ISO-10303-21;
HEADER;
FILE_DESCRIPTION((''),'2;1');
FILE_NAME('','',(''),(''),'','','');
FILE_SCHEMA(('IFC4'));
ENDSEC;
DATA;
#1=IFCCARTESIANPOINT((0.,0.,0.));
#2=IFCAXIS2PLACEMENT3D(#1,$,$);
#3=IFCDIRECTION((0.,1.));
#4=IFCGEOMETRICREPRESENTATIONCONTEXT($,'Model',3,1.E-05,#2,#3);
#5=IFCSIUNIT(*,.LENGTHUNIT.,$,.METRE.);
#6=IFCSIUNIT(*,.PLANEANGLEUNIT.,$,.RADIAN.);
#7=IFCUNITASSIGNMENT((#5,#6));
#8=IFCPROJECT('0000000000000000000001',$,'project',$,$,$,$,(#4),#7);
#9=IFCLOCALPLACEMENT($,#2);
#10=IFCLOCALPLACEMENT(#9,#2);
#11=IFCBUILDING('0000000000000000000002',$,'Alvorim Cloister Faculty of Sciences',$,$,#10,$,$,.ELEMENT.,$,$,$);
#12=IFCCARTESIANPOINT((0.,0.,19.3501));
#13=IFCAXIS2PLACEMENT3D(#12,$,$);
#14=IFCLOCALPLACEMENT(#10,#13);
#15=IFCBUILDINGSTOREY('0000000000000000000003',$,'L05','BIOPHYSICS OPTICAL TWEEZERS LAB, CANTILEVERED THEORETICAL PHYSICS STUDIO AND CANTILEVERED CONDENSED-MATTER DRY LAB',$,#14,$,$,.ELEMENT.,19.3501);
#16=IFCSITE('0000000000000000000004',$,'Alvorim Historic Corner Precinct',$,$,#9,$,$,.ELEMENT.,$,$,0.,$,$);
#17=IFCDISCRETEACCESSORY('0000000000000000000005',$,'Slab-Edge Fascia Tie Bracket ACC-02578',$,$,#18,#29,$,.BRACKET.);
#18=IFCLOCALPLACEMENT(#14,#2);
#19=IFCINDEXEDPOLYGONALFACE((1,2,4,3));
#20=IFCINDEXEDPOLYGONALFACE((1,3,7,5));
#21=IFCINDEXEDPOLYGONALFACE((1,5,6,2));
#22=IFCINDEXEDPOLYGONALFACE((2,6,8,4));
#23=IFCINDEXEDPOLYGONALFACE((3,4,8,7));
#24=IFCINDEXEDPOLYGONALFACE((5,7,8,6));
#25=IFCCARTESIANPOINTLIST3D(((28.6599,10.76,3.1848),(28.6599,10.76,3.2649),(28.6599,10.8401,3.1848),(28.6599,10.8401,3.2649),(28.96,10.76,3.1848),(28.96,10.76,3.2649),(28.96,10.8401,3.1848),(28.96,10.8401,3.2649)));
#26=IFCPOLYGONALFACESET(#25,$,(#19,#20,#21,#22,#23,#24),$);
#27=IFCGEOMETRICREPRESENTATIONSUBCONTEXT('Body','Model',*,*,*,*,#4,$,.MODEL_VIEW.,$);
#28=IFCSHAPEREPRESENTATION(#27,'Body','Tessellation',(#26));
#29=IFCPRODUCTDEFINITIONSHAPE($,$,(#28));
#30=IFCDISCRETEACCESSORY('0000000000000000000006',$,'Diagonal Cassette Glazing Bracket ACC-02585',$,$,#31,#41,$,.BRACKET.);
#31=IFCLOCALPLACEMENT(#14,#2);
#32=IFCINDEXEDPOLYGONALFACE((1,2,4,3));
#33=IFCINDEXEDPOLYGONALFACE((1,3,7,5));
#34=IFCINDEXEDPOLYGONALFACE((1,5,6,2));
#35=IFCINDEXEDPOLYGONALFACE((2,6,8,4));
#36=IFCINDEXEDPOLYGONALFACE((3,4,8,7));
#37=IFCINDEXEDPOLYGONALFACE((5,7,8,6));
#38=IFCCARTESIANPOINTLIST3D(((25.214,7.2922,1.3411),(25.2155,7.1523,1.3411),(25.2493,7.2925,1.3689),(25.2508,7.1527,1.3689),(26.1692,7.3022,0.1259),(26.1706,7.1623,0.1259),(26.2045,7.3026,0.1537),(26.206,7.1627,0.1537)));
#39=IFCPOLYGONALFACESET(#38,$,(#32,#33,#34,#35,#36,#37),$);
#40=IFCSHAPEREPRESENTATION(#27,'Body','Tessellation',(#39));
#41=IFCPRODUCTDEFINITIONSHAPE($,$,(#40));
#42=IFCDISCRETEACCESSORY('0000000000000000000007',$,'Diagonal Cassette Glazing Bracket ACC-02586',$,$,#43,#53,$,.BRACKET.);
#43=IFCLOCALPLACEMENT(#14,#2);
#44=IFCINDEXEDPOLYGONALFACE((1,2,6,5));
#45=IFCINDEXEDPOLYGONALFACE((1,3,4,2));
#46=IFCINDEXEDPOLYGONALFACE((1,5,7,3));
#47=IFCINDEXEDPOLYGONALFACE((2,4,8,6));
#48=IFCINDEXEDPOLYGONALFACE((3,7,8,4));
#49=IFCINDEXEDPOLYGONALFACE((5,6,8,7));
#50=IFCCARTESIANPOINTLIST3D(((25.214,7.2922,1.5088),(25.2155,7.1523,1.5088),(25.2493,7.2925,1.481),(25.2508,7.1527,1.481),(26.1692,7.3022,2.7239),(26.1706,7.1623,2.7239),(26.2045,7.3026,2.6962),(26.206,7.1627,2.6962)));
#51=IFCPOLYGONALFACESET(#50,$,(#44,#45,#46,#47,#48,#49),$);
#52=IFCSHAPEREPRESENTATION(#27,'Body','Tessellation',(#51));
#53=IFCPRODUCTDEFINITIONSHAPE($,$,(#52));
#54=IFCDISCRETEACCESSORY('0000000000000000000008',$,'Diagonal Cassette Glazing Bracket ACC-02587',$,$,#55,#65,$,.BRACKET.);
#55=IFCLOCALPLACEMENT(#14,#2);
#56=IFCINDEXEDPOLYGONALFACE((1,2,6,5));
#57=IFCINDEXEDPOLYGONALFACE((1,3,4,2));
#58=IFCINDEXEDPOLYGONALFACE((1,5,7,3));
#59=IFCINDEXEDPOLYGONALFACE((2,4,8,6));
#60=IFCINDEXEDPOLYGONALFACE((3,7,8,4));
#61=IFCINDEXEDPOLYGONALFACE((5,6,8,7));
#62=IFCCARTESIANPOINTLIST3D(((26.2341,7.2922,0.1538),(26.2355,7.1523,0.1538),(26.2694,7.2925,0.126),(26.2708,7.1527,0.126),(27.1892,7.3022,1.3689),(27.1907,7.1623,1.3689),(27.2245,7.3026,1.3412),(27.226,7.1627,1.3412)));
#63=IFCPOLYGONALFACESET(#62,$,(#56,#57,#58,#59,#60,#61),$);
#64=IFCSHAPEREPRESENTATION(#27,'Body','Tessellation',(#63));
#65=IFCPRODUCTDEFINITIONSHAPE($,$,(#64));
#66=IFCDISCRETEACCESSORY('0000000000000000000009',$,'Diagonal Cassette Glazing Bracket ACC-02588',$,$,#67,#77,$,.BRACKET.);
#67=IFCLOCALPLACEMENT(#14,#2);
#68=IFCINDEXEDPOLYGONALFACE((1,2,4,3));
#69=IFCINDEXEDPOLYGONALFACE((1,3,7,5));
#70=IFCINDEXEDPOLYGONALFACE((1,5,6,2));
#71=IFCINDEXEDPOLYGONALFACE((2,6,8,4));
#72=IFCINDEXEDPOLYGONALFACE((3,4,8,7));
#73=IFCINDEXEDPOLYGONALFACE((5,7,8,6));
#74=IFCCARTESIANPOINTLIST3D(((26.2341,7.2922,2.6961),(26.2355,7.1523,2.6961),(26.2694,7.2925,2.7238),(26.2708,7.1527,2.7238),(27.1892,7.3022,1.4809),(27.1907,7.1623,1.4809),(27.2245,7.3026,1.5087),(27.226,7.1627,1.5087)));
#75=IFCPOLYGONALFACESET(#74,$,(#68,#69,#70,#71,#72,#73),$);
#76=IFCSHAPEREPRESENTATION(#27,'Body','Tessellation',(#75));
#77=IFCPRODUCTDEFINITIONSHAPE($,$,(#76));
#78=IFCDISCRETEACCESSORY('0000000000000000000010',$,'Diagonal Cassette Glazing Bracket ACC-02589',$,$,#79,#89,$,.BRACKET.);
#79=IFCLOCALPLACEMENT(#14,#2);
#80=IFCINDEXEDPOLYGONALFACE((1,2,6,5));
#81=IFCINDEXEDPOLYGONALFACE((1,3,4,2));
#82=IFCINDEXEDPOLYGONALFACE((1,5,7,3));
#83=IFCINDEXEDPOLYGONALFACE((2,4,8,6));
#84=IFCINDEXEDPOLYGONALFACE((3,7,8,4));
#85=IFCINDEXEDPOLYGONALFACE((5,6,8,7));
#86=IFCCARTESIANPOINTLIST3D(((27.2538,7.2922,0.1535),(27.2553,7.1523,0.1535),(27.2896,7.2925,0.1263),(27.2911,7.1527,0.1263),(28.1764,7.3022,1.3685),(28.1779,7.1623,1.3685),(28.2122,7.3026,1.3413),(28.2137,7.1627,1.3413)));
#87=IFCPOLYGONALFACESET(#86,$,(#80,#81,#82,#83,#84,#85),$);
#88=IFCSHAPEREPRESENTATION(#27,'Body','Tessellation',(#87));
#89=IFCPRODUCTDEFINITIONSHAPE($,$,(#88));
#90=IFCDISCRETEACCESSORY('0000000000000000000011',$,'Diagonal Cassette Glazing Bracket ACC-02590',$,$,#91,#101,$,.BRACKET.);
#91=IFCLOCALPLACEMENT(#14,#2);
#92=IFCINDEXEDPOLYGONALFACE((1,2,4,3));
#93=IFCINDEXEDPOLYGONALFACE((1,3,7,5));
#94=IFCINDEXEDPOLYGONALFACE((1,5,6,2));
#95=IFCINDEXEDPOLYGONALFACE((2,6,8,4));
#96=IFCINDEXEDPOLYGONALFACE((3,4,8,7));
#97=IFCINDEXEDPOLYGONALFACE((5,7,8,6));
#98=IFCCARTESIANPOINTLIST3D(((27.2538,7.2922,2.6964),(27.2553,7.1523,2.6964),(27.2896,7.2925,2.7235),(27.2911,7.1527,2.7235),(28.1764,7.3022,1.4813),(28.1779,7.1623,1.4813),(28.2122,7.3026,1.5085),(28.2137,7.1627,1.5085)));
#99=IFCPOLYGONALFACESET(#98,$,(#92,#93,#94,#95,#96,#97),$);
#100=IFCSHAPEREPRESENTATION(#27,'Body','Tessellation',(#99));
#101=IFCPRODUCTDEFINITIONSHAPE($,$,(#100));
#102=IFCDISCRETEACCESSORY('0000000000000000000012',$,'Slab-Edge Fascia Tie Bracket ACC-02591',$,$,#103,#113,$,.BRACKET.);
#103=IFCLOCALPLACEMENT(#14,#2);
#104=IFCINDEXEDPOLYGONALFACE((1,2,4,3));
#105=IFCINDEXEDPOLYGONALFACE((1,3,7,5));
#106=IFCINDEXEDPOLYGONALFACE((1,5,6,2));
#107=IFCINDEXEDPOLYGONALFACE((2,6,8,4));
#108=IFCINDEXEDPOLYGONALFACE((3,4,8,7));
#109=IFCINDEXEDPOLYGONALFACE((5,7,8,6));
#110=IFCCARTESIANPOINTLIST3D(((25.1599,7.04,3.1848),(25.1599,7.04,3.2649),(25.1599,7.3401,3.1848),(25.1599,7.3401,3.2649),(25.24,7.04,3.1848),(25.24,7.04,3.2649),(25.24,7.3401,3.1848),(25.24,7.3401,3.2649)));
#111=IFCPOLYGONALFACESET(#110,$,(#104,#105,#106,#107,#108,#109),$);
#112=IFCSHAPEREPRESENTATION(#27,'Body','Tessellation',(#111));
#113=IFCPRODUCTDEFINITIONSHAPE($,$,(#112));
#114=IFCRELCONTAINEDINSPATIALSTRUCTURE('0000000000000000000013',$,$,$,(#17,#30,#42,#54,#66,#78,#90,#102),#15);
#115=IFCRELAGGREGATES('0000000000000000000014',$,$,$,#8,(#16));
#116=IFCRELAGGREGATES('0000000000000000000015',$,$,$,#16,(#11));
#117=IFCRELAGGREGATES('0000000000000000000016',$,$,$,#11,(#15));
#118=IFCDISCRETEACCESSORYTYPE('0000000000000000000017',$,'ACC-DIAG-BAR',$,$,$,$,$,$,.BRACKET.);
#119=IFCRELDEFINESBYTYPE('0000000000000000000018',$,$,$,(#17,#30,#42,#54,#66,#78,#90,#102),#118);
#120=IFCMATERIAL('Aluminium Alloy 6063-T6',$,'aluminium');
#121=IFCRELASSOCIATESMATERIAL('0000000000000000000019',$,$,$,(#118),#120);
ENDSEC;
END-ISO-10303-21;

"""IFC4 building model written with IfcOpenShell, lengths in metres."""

from ifc_helpers import new_model, si_unit, direction, frame, origin, origin_2d, place, context, subcontext, project, spatial, rectangle, extrude, material, type_object, element, save


model = new_model("IFC4")

# Units and contexts
model_context = context("Model", 3, precision=1e-05, world=origin(), true_north=direction((0.0, 1.0)))
body_context = subcontext(model_context, "Body", "Model", "MODEL_VIEW")
ifc_project = project(units=[si_unit("LENGTHUNIT", "METRE"), si_unit("PLANEANGLEUNIT", "RADIAN")], contexts=[model_context])

# Site, building, storey
site_placement = place(None, origin())
site = spatial("IfcSite", under=ifc_project, at=site_placement, Name="Alvorim Historic Corner Precinct", CompositionType="ELEMENT", RefElevation=0.0)
building_placement = place(site_placement, origin())
building = spatial("IfcBuilding", under=site, at=building_placement, Name="Alvorim Cloister Faculty of Sciences", CompositionType="ELEMENT")
storey_placement = place(building_placement, frame((0.0, 0.0, 19.3501)))
storey = spatial("IfcBuildingStorey", under=building, at=storey_placement, Name="L05", Description="BIOPHYSICS OPTICAL TWEEZERS LAB, CANTILEVERED THEORETICAL PHYSICS STUDIO AND CANTILEVERED CONDENSED-MATTER DRY LAB", CompositionType="ELEMENT", Elevation=19.3501)

# Shared definitions
ifc_material_1 = material(Name="Aluminium Alloy 6063-T6", Category="aluminium")

# Discrete accessories
discrete_accessory_type = type_object("IfcDiscreteAccessoryType", Name="ACC-DIAG-BAR", PredefinedType="BRACKET", material=ifc_material_1)
discrete_accessory_1_placement = place(storey_placement, frame((28.6599, 10.8, 3.2249), z_axis=(1.0, 0.0, 0.0), x_axis=(0.0, 1.0, 0.0)))
element("IfcDiscreteAccessory", 1, at=discrete_accessory_1_placement, inside=storey, type_object=discrete_accessory_type, Name="Slab-Edge Fascia Tie Bracket ACC-02578", PredefinedType="BRACKET", context=body_context, shape_type="SweptSolid", body=[
    extrude(rectangle(XDim=0.0801, YDim=0.0801, at=origin_2d()), origin(), (0.0, 0.0, 1.0), 0.3),
])
for number, where, z_axis, x_axis, name in (
    (2, (25.2324, 7.2224, 1.355), (0.617955, 0.006477, -0.786187), (-0.01048, 0.999945, 0.0), "Diagonal Cassette Glazing Bracket ACC-02585"),
    (3, (25.2324, 7.2224, 1.4949), (0.617955, 0.006477, 0.786187), (-0.01048, 0.999945, 0.0), "Diagonal Cassette Glazing Bracket ACC-02586"),
    (4, (26.2524, 7.2224, 0.1399), (0.617955, 0.006477, 0.786187), (-0.01048, 0.999945, 0.0), "Diagonal Cassette Glazing Bracket ACC-02587"),
    (5, (26.2524, 7.2224, 2.71), (0.617955, 0.006477, -0.786187), (-0.01048, 0.999945, 0.0), "Diagonal Cassette Glazing Bracket ACC-02588"),
):
    element("IfcDiscreteAccessory", number, at=place(storey_placement, frame(where, z_axis=z_axis, x_axis=x_axis)), inside=storey, type_object=discrete_accessory_type, Name=name, PredefinedType="BRACKET", context=body_context, shape_type="SweptSolid", body=[
        extrude(rectangle(XDim=0.1399, YDim=0.0449, at=origin_2d()), origin(), (0.0, 0.0, 1.0), 1.5457),
    ])
for number, where, z_axis, x_axis, name in (
    (6, (27.2725, 7.2224, 0.1399), (0.604713, 0.006561, 0.796416), (-0.010849, 0.999941, 0.0), "Diagonal Cassette Glazing Bracket ACC-02589"),
    (7, (27.2725, 7.2224, 2.71), (0.604713, 0.006561, -0.796416), (-0.010849, 0.999941, 0.0), "Diagonal Cassette Glazing Bracket ACC-02590"),
):
    element("IfcDiscreteAccessory", number, at=place(storey_placement, frame(where, z_axis=z_axis, x_axis=x_axis)), inside=storey, type_object=discrete_accessory_type, Name=name, PredefinedType="BRACKET", context=body_context, shape_type="SweptSolid", body=[
        extrude(rectangle(XDim=0.1399, YDim=0.0449, at=origin_2d()), origin(), (0.0, 0.0, 1.0), 1.5256),
    ])
discrete_accessory_2_placement = place(storey_placement, frame((25.2, 7.3401, 3.2249), z_axis=(0.0, -1.0, 0.0), x_axis=(1.0, 0.0, 0.0)))
element("IfcDiscreteAccessory", 8, at=discrete_accessory_2_placement, inside=storey, type_object=discrete_accessory_type, Name="Slab-Edge Fascia Tie Bracket ACC-02591", PredefinedType="BRACKET", context=body_context, shape_type="SweptSolid", body=[
    extrude(rectangle(XDim=0.0801, YDim=0.0801, at=origin_2d()), origin(), (0.0, 0.0, 1.0), 0.3),
])

save(model, "model.ifc")
